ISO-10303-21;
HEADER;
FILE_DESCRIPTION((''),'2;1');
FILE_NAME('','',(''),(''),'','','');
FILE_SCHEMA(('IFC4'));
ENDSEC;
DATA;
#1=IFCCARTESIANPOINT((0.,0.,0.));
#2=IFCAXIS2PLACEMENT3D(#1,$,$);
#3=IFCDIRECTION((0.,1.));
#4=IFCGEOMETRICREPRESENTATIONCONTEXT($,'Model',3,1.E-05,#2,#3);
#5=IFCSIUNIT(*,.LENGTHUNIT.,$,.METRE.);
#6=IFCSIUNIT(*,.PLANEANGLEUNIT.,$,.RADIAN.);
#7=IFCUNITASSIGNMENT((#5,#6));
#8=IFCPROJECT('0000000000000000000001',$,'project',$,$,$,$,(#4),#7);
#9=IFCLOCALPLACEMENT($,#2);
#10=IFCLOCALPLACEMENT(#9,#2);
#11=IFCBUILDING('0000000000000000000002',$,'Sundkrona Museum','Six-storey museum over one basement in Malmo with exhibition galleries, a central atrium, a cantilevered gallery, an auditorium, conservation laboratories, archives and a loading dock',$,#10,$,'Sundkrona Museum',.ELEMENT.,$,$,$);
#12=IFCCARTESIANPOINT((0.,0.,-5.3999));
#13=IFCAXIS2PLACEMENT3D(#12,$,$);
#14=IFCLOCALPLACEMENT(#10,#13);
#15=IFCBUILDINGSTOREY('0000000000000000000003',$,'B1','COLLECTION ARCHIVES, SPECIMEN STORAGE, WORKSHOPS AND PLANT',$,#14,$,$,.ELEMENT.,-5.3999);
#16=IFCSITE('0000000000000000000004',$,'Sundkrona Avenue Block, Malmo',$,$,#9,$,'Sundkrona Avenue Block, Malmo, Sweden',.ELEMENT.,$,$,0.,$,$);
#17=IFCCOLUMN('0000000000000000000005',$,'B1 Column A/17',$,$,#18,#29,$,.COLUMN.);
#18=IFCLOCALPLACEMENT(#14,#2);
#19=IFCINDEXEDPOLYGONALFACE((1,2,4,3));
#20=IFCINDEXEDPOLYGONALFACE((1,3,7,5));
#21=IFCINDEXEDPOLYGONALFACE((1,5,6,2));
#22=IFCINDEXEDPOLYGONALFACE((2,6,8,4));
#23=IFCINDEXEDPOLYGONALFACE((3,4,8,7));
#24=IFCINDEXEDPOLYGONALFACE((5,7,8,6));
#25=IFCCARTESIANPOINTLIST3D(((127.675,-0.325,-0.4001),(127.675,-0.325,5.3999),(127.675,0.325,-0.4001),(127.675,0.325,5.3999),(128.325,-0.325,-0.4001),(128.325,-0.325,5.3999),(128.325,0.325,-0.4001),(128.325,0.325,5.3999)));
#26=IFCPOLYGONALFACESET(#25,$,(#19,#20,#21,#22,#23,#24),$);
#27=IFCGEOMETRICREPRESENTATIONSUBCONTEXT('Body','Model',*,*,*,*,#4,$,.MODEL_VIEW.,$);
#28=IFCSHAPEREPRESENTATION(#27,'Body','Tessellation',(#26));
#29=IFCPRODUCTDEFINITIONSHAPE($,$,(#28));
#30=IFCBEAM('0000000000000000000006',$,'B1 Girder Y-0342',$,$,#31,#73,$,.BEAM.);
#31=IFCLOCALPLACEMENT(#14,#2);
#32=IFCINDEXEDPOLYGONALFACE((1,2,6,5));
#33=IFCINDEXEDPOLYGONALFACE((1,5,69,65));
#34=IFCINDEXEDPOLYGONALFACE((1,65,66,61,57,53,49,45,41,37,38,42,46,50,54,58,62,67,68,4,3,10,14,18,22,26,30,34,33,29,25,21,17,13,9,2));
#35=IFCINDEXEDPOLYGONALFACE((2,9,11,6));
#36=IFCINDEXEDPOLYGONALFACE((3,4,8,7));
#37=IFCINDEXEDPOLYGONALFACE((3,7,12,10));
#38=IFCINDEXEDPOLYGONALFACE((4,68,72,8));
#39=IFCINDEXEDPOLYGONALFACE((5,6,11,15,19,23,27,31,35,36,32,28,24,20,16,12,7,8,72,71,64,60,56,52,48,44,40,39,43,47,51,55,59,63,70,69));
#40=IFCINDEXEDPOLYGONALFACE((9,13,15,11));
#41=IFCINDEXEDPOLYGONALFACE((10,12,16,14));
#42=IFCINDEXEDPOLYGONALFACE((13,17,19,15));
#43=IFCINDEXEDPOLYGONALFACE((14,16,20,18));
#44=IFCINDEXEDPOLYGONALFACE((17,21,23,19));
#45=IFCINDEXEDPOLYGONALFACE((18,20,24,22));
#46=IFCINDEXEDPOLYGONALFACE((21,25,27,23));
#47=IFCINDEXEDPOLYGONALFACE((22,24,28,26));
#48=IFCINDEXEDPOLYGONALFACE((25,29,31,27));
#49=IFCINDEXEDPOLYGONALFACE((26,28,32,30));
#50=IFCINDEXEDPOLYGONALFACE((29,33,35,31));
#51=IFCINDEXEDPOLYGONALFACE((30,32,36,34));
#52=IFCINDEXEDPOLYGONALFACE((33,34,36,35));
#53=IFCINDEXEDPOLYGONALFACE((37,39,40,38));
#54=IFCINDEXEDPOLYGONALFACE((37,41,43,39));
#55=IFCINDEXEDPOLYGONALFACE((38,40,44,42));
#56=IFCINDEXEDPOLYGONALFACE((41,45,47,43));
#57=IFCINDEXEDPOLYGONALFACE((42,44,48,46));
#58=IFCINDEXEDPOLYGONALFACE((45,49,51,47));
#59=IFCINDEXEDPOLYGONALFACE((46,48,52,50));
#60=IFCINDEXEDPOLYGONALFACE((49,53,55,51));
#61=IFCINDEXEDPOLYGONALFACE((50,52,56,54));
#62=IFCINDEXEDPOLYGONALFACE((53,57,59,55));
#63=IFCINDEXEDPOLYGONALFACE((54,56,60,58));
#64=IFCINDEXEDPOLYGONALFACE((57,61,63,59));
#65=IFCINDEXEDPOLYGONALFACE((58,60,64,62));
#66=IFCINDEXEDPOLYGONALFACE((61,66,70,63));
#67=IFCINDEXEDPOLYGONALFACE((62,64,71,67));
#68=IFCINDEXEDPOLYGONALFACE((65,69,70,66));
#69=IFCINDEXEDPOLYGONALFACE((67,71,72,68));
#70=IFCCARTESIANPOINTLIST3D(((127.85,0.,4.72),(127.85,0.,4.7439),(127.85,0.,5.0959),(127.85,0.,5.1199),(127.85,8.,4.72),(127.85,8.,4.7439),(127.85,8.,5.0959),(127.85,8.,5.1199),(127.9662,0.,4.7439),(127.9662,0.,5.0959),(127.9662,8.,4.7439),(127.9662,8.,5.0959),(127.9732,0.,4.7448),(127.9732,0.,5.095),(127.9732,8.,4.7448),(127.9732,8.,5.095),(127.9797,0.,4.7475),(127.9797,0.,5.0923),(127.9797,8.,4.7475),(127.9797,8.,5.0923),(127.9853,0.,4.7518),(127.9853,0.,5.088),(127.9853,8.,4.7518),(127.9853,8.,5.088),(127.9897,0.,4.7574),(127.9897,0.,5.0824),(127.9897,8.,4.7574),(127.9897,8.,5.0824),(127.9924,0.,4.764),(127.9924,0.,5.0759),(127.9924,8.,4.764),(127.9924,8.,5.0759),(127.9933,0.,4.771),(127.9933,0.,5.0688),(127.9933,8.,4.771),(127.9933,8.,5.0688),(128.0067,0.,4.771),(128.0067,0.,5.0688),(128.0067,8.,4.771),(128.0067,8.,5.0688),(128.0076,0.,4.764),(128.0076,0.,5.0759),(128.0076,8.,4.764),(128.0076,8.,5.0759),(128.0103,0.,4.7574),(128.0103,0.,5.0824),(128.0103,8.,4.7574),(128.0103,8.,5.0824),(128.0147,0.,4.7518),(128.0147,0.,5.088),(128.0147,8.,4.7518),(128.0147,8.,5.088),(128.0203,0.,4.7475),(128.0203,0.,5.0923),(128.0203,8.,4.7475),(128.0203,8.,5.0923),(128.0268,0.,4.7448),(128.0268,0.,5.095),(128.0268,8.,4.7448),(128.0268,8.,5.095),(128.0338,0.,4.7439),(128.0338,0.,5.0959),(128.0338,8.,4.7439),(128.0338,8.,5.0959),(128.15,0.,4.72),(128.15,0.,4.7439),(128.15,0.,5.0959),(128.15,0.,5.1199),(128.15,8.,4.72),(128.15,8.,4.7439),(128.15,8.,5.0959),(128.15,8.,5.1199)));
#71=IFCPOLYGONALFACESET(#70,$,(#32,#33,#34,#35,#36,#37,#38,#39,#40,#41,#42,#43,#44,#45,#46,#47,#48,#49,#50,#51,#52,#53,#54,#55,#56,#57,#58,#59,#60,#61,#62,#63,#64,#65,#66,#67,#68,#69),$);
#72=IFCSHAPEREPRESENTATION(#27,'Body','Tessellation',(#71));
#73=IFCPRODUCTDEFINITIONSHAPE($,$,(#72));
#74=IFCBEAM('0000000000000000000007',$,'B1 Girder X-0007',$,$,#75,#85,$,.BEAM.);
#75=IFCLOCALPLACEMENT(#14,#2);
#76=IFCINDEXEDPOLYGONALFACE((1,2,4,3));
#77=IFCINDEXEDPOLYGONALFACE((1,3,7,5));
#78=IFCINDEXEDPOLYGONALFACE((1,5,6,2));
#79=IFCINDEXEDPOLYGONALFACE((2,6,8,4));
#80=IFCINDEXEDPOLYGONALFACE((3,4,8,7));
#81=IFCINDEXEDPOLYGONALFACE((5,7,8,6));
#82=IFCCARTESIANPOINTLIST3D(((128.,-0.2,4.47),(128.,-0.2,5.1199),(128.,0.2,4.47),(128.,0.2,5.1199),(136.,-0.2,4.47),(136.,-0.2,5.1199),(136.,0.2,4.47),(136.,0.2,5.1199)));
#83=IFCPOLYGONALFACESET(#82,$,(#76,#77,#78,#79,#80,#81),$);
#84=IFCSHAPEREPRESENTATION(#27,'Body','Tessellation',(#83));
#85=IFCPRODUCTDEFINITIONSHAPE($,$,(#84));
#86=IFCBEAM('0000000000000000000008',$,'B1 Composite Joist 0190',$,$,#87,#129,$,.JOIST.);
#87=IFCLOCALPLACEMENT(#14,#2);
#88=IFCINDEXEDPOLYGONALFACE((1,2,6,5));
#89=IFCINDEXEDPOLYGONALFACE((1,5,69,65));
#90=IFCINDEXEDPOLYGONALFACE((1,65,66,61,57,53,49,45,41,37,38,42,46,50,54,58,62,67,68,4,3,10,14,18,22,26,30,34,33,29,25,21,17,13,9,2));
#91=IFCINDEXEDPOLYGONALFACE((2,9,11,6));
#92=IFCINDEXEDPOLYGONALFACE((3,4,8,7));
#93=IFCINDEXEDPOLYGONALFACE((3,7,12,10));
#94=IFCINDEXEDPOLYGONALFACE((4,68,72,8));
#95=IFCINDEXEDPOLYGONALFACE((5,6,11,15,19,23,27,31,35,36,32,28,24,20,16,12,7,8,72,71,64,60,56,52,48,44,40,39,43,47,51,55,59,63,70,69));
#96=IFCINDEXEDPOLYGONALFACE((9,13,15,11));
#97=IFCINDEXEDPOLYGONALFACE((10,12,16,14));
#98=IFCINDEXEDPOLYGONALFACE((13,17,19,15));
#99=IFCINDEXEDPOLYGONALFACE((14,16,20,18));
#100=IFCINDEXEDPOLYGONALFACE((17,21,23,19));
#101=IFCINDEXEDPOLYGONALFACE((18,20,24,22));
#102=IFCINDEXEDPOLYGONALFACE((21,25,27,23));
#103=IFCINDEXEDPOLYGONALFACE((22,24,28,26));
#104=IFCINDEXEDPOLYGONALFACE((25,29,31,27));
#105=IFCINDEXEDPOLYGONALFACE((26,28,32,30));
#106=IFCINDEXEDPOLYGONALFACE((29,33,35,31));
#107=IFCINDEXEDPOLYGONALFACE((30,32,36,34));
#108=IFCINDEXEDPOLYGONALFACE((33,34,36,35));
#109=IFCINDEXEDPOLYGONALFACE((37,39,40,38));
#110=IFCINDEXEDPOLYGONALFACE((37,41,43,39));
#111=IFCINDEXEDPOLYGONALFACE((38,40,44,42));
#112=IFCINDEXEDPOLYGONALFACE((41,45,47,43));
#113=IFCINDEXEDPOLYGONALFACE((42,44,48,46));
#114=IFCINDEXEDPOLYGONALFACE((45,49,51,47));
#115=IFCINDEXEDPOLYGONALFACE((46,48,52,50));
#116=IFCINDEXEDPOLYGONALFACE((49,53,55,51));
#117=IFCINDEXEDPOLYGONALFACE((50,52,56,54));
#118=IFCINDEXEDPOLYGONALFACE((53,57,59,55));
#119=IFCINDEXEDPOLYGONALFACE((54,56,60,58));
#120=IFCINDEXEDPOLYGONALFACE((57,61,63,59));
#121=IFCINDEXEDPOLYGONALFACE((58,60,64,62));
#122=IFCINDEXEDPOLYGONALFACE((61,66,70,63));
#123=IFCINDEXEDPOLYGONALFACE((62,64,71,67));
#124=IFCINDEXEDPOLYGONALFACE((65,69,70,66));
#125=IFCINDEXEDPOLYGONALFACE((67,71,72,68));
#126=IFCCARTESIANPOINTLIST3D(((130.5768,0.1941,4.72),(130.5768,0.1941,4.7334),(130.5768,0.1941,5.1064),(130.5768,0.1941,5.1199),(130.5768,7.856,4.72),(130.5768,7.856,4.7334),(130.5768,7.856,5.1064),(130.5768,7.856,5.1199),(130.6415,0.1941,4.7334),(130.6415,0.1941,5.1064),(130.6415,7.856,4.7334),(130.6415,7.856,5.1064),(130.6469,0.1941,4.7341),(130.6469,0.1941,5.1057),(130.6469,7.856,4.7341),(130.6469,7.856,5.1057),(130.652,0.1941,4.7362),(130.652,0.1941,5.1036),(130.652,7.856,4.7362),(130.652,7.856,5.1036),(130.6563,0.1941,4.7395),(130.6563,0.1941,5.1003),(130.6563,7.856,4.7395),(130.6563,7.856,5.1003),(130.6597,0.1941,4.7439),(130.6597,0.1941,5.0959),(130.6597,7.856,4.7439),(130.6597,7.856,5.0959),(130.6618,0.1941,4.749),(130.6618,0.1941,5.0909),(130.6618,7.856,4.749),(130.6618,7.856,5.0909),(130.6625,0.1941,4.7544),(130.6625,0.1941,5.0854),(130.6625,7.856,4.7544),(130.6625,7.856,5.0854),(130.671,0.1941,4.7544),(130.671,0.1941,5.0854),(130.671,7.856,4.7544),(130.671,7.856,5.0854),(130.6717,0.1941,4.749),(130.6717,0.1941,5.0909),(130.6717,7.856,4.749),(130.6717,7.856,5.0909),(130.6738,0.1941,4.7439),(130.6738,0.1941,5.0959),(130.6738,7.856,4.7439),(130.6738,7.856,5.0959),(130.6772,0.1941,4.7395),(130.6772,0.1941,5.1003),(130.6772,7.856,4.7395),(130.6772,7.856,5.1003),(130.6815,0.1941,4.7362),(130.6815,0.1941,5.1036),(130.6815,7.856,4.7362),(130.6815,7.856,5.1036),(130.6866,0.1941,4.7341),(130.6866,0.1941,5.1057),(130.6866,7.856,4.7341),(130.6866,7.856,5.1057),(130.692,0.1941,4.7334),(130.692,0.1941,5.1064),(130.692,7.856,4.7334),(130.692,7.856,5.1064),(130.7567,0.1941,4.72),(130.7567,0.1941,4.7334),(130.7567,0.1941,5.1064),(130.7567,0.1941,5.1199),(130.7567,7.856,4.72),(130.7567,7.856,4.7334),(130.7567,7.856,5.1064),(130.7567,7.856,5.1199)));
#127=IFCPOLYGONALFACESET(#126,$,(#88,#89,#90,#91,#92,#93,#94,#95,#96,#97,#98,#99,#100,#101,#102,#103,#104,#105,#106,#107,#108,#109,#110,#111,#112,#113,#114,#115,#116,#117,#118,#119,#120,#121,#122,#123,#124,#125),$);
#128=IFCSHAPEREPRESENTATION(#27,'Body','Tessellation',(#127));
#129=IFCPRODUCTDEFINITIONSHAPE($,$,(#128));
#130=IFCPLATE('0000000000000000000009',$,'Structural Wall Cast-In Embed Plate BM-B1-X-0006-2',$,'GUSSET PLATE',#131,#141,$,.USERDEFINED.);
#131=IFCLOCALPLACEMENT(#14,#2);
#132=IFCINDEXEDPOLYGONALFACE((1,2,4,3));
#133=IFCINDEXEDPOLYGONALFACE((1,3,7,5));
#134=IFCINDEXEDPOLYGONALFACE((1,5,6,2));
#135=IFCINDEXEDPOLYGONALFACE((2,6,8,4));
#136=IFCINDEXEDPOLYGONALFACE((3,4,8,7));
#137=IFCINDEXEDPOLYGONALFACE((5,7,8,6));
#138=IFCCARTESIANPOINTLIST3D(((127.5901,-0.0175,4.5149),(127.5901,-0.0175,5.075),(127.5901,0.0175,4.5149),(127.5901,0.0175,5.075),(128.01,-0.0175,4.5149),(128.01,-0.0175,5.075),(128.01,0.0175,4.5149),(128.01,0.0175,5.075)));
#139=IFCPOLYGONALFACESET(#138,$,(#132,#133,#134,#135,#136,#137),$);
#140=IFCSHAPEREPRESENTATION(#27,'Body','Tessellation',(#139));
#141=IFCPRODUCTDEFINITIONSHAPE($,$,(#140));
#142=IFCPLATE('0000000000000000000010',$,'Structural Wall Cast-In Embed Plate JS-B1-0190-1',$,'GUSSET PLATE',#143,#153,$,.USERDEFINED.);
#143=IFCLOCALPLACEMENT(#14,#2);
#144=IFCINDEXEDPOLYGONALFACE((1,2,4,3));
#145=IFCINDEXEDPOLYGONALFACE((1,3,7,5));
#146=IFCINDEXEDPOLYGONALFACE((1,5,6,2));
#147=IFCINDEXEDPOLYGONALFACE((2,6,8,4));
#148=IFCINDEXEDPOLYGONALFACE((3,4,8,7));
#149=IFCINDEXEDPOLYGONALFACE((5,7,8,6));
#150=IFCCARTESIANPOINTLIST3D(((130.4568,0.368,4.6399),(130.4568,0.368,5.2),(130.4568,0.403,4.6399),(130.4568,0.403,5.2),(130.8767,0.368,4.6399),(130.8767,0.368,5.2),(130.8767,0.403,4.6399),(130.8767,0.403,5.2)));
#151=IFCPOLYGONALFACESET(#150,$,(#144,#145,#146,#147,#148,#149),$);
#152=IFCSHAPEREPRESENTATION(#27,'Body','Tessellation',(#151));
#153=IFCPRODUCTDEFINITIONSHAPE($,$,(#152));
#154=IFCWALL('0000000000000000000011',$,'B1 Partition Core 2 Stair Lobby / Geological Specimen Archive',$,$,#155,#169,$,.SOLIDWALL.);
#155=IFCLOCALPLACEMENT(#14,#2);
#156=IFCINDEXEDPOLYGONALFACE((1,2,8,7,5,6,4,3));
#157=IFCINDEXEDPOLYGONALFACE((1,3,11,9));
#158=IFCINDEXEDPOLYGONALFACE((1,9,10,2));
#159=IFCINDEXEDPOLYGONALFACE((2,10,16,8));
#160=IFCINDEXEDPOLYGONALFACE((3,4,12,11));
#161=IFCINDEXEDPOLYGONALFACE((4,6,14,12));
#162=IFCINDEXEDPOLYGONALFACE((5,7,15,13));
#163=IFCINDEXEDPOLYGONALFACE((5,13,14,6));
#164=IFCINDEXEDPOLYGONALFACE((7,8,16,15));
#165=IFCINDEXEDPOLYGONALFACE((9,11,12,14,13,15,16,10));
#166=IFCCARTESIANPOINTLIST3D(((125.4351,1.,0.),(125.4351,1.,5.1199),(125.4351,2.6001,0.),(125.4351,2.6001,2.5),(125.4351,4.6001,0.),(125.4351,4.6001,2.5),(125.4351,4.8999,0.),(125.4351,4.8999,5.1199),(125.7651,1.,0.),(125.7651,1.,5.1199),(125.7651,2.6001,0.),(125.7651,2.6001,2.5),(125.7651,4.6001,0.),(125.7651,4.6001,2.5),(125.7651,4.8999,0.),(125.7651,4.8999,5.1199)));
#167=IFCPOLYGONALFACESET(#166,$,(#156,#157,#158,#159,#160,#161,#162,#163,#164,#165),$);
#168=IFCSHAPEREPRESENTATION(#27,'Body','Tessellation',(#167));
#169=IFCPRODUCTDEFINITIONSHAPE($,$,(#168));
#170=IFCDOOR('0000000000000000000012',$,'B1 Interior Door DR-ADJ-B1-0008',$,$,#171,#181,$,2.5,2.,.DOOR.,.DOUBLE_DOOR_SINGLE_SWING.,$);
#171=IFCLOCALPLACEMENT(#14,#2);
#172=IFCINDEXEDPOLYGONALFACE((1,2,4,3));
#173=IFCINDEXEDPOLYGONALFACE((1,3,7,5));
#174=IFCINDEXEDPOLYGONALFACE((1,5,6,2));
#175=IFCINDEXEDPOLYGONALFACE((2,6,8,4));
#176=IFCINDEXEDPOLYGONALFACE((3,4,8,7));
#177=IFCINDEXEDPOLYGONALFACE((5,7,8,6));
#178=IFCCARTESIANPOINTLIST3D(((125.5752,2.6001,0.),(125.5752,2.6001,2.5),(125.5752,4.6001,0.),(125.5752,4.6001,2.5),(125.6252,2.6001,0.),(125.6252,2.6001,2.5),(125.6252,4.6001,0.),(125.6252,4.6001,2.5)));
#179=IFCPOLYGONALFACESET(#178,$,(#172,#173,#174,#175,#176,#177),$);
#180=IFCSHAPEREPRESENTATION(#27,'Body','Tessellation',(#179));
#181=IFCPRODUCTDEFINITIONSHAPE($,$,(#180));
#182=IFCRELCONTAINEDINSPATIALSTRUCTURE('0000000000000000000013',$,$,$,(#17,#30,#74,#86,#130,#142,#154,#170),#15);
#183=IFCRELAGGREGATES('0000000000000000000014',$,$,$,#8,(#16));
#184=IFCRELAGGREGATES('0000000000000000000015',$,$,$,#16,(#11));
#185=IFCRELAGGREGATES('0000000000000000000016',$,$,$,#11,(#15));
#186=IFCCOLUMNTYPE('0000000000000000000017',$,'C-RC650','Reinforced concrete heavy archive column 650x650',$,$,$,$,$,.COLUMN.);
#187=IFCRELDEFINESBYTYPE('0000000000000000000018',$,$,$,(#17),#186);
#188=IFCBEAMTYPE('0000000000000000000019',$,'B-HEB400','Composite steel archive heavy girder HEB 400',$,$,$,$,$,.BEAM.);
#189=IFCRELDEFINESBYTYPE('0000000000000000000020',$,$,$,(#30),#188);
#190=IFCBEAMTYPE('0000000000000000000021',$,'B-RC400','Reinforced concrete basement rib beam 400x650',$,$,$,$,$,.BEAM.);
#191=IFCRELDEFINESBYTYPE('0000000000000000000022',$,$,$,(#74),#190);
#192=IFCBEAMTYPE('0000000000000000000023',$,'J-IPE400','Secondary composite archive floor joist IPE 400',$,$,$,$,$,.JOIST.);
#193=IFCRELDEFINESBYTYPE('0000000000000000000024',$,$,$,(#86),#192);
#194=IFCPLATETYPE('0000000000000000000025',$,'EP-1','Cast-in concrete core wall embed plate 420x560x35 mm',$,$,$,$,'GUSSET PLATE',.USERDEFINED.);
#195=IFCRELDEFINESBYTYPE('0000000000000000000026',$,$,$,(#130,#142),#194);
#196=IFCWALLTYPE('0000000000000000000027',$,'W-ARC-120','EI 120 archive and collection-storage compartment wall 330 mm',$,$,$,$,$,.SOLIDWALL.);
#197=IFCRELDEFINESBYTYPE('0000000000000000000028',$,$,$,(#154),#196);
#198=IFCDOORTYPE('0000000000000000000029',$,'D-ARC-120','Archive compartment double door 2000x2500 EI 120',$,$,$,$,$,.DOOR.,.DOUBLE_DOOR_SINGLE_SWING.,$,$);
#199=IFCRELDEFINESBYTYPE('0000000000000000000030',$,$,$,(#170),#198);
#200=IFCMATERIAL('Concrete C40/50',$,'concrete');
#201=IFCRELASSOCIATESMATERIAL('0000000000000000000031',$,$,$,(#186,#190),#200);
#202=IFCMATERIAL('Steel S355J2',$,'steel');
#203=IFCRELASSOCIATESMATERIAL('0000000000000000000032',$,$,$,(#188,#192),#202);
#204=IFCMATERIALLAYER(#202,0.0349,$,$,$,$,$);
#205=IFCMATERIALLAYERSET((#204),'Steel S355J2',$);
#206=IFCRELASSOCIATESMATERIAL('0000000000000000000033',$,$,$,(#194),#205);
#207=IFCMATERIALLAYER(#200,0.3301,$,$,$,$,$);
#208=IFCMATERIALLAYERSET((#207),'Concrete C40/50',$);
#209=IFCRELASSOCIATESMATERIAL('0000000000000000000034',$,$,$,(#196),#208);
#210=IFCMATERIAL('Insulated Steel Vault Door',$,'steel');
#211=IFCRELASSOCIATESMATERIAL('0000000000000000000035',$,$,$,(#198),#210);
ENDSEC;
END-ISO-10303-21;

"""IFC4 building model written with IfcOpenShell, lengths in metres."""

from ifc_helpers import new_model, si_unit, direction, frame, frame_2d, origin, origin_2d, place, context, subcontext, project, spatial, rectangle, i_section, extrude, material, layer, layer_set, material_profile, profile_set, type_object, element, fill, save


model = new_model("IFC4")

# Units and contexts
model_context = context("Model", 3, precision=1e-05, world=origin(), true_north=direction((0.0, 1.0)))
body_context = subcontext(model_context, "Body", "Model", "MODEL_VIEW")
ifc_project = project(units=[si_unit("LENGTHUNIT", "METRE"), si_unit("PLANEANGLEUNIT", "RADIAN")], contexts=[model_context])

# Site, building, storey
site_placement = place(None, origin())
site = spatial("IfcSite", under=ifc_project, at=site_placement, Name="Sundkrona Avenue Block, Malmo", LongName="Sundkrona Avenue Block, Malmo, Sweden", CompositionType="ELEMENT", RefElevation=0.0)
building_placement = place(site_placement, origin())
building = spatial("IfcBuilding", under=site, at=building_placement, Name="Sundkrona Museum", Description="Six-storey museum over one basement in Malmo with exhibition galleries, a central atrium, a cantilevered gallery, an auditorium, conservation laboratories, archives and a loading dock", LongName="Sundkrona Museum", CompositionType="ELEMENT")
storey_placement = place(building_placement, frame((0.0, 0.0, -5.3999)))
storey = spatial("IfcBuildingStorey", under=building, at=storey_placement, Name="B1", Description="COLLECTION ARCHIVES, SPECIMEN STORAGE, WORKSHOPS AND PLANT", CompositionType="ELEMENT", Elevation=-5.3999)

# Shared definitions
ifc_material_1 = material(Name="Concrete C40/50", Category="concrete")

# Column
ifc_material_profile_1 = material_profile(ifc_material_1, rectangle(XDim=0.6499, YDim=0.6499, at=origin_2d()), Name="RC 650x650")
ifc_profile_set_1 = profile_set([ifc_material_profile_1], Name="Concrete C40/50")
column_type = type_object("IfcColumnType", Name="C-RC650", Description="Reinforced concrete heavy archive column 650x650", PredefinedType="COLUMN", material=ifc_profile_set_1)
column_placement = place(storey_placement, frame((128.0, 0.0, -0.4001), z_axis=(0.0, 0.0, 1.0), x_axis=(1.0, 0.0, 0.0)))
element("IfcColumn", 1, at=column_placement, inside=storey, type_object=column_type, Name="B1 Column A/17", PredefinedType="COLUMN", context=body_context, shape_type="SweptSolid", body=[
    extrude(rectangle(XDim=0.6499, YDim=0.6499, at=origin_2d()), origin(), (0.0, 0.0, 1.0), 5.8),
])

# Beams
ifc_material_2 = material(Name="Steel S355J2", Category="steel")
ifc_material_profile_2 = material_profile(ifc_material_2, i_section(OverallWidth=0.3, OverallDepth=0.3999, WebThickness=0.0134, FlangeThickness=0.0239, FilletRadius=0.0271, at=origin_2d()), Name="HEB 400")
ifc_profile_set_2 = profile_set([ifc_material_profile_2], Name="Steel S355J2")
beam_type_1 = type_object("IfcBeamType", Name="B-HEB400", Description="Composite steel archive heavy girder HEB 400", PredefinedType="BEAM", material=ifc_profile_set_2)
beam_1_placement = place(storey_placement, frame((128.0, 0.0, 4.9199), z_axis=(0.0, 1.0, 0.0), x_axis=(-1.0, 0.0, 0.0)))
element("IfcBeam", 2, at=beam_1_placement, inside=storey, type_object=beam_type_1, Name="B1 Girder Y-0342", PredefinedType="BEAM", context=body_context, shape_type="SweptSolid", body=[
    extrude(i_section(OverallWidth=0.3, OverallDepth=0.3999, WebThickness=0.0134, FlangeThickness=0.0239, FilletRadius=0.0271, at=origin_2d()), origin(), (0.0, 0.0, 1.0), 8.0),
])
ifc_material_profile_3 = material_profile(ifc_material_1, rectangle(XDim=0.3999, YDim=0.6499, at=origin_2d()), Name="RCB 400x650")
ifc_profile_set_3 = profile_set([ifc_material_profile_3], Name="Concrete C40/50")
beam_type_2 = type_object("IfcBeamType", Name="B-RC400", Description="Reinforced concrete basement rib beam 400x650", PredefinedType="BEAM", material=ifc_profile_set_3)
beam_2_placement = place(storey_placement, frame((128.0, 0.0, 4.7949), z_axis=(1.0, 0.0, 0.0), x_axis=(0.0, 1.0, 0.0)))
element("IfcBeam", 3, at=beam_2_placement, inside=storey, type_object=beam_type_2, Name="B1 Girder X-0007", PredefinedType="BEAM", context=body_context, shape_type="SweptSolid", body=[
    extrude(rectangle(XDim=0.3999, YDim=0.6499, at=origin_2d()), origin(), (0.0, 0.0, 1.0), 8.0),
])
ifc_material_profile_4 = material_profile(ifc_material_2, i_section(OverallWidth=0.1799, OverallDepth=0.3999, WebThickness=0.0085, FlangeThickness=0.0134, FilletRadius=0.021, at=origin_2d()), Name="IPE 400")
ifc_profile_set_4 = profile_set([ifc_material_profile_4], Name="Steel S355J2")
beam_type_3 = type_object("IfcBeamType", Name="J-IPE400", Description="Secondary composite archive floor joist IPE 400", PredefinedType="JOIST", material=ifc_profile_set_4)
beam_3_placement = place(storey_placement, frame((130.6667, 0.1941, 4.9199), z_axis=(0.0, 1.0, 0.0), x_axis=(-1.0, 0.0, 0.0)))
element("IfcBeam", 4, at=beam_3_placement, inside=storey, type_object=beam_type_3, Name="B1 Composite Joist 0190", PredefinedType="JOIST", context=body_context, shape_type="SweptSolid", body=[
    extrude(i_section(OverallWidth=0.1799, OverallDepth=0.3999, WebThickness=0.0085, FlangeThickness=0.0134, FilletRadius=0.021, at=origin_2d()), origin(), (0.0, 0.0, 1.0), 7.6619),
])

# Plates
ifc_layer_1 = layer(ifc_material_2, 0.0349)
ifc_layer_set_1 = layer_set([ifc_layer_1], Name="Steel S355J2")
plate_type = type_object("IfcPlateType", Name="EP-1", Description="Cast-in concrete core wall embed plate 420x560x35 mm", ElementType="GUSSET PLATE", PredefinedType="USERDEFINED", material=ifc_layer_set_1)
for number, where, z_axis, x_axis, name in (
    (5, (127.8, 0.0, 4.5149), (0.0, 0.0, 1.0), (1.0, 0.0, 0.0), "Structural Wall Cast-In Embed Plate BM-B1-X-0006-2"),
    (6, (130.6667, 0.3855, 4.6399), (0.0, 0.0, 1.0), (1.0, 0.0, 0.0), "Structural Wall Cast-In Embed Plate JS-B1-0190-1"),
):
    element("IfcPlate", number, at=place(storey_placement, frame(where, z_axis=z_axis, x_axis=x_axis)), inside=storey, type_object=plate_type, Name=name, ObjectType="GUSSET PLATE", PredefinedType="USERDEFINED", context=body_context, shape_type="SweptSolid", body=[
        extrude(rectangle(XDim=0.4199, YDim=0.0349, at=origin_2d()), origin(), (0.0, 0.0, 1.0), 0.5601),
    ])

# Wall, opening, door
ifc_layer_2 = layer(ifc_material_1, 0.3301)
ifc_layer_set_2 = layer_set([ifc_layer_2], Name="Concrete C40/50")
wall_type_1 = type_object("IfcWallType", Name="W-ARC-120", Description="EI 120 archive and collection-storage compartment wall 330 mm", PredefinedType="SOLIDWALL", material=ifc_layer_set_2)
wall_1_placement = place(storey_placement, frame((125.6001, 1.0, 0.0), z_axis=(0.0, 0.0, 1.0), x_axis=(0.0, 1.0, 0.0)))
wall_1 = element("IfcWall", 7, at=wall_1_placement, inside=storey, type_object=wall_type_1, Name="B1 Partition Core 2 Stair Lobby / Geological Specimen Archive", PredefinedType="SOLIDWALL", context=body_context, shape_type="SweptSolid", body=[
    extrude(rectangle(XDim=3.8999, YDim=0.3301, at=frame_2d((1.95, 0.0))), origin(), (0.0, 0.0, 1.0), 5.1199),
])
opening_placement = place(wall_1_placement, frame((1.6001, 0.0, 0.0)))
opening = element("IfcOpeningElement", 8, at=opening_placement, cuts=wall_1, PredefinedType="OPENING", context=body_context, shape_type="SweptSolid", body=[
    extrude(rectangle(XDim=2.0, YDim=2.5, at=frame_2d((1.0, 1.25))), frame((0.0, 0.175, 0.0), z_axis=(0.0, -1.0, 0.0), x_axis=(1.0, 0.0, 0.0)), (0.0, 0.0, 1.0), 0.3501),
])
ifc_material_3 = material(Name="Insulated Steel Vault Door", Category="steel")
door_type = type_object("IfcDoorType", Name="D-ARC-120", Description="Archive compartment double door 2000x2500 EI 120", OperationType="DOUBLE_DOOR_SINGLE_SWING", PredefinedType="DOOR", material=ifc_material_3)
door_placement = place(opening_placement, origin())
door = element("IfcDoor", 9, at=door_placement, inside=storey, type_object=door_type, Name="B1 Interior Door DR-ADJ-B1-0008", OperationType="DOUBLE_DOOR_SINGLE_SWING", OverallHeight=2.5, OverallWidth=2.0, PredefinedType="DOOR", context=body_context, shape_type="SweptSolid", body=[
    extrude(rectangle(XDim=2.0, YDim=2.5, at=frame_2d((1.0, 1.25))), frame((0.0, 0.0249, 0.0), z_axis=(0.0, -1.0, 0.0), x_axis=(1.0, 0.0, 0.0)), (0.0, 0.0, 1.0), 0.05),
])
fill(opening, door)

save(model, "model.ifc")
